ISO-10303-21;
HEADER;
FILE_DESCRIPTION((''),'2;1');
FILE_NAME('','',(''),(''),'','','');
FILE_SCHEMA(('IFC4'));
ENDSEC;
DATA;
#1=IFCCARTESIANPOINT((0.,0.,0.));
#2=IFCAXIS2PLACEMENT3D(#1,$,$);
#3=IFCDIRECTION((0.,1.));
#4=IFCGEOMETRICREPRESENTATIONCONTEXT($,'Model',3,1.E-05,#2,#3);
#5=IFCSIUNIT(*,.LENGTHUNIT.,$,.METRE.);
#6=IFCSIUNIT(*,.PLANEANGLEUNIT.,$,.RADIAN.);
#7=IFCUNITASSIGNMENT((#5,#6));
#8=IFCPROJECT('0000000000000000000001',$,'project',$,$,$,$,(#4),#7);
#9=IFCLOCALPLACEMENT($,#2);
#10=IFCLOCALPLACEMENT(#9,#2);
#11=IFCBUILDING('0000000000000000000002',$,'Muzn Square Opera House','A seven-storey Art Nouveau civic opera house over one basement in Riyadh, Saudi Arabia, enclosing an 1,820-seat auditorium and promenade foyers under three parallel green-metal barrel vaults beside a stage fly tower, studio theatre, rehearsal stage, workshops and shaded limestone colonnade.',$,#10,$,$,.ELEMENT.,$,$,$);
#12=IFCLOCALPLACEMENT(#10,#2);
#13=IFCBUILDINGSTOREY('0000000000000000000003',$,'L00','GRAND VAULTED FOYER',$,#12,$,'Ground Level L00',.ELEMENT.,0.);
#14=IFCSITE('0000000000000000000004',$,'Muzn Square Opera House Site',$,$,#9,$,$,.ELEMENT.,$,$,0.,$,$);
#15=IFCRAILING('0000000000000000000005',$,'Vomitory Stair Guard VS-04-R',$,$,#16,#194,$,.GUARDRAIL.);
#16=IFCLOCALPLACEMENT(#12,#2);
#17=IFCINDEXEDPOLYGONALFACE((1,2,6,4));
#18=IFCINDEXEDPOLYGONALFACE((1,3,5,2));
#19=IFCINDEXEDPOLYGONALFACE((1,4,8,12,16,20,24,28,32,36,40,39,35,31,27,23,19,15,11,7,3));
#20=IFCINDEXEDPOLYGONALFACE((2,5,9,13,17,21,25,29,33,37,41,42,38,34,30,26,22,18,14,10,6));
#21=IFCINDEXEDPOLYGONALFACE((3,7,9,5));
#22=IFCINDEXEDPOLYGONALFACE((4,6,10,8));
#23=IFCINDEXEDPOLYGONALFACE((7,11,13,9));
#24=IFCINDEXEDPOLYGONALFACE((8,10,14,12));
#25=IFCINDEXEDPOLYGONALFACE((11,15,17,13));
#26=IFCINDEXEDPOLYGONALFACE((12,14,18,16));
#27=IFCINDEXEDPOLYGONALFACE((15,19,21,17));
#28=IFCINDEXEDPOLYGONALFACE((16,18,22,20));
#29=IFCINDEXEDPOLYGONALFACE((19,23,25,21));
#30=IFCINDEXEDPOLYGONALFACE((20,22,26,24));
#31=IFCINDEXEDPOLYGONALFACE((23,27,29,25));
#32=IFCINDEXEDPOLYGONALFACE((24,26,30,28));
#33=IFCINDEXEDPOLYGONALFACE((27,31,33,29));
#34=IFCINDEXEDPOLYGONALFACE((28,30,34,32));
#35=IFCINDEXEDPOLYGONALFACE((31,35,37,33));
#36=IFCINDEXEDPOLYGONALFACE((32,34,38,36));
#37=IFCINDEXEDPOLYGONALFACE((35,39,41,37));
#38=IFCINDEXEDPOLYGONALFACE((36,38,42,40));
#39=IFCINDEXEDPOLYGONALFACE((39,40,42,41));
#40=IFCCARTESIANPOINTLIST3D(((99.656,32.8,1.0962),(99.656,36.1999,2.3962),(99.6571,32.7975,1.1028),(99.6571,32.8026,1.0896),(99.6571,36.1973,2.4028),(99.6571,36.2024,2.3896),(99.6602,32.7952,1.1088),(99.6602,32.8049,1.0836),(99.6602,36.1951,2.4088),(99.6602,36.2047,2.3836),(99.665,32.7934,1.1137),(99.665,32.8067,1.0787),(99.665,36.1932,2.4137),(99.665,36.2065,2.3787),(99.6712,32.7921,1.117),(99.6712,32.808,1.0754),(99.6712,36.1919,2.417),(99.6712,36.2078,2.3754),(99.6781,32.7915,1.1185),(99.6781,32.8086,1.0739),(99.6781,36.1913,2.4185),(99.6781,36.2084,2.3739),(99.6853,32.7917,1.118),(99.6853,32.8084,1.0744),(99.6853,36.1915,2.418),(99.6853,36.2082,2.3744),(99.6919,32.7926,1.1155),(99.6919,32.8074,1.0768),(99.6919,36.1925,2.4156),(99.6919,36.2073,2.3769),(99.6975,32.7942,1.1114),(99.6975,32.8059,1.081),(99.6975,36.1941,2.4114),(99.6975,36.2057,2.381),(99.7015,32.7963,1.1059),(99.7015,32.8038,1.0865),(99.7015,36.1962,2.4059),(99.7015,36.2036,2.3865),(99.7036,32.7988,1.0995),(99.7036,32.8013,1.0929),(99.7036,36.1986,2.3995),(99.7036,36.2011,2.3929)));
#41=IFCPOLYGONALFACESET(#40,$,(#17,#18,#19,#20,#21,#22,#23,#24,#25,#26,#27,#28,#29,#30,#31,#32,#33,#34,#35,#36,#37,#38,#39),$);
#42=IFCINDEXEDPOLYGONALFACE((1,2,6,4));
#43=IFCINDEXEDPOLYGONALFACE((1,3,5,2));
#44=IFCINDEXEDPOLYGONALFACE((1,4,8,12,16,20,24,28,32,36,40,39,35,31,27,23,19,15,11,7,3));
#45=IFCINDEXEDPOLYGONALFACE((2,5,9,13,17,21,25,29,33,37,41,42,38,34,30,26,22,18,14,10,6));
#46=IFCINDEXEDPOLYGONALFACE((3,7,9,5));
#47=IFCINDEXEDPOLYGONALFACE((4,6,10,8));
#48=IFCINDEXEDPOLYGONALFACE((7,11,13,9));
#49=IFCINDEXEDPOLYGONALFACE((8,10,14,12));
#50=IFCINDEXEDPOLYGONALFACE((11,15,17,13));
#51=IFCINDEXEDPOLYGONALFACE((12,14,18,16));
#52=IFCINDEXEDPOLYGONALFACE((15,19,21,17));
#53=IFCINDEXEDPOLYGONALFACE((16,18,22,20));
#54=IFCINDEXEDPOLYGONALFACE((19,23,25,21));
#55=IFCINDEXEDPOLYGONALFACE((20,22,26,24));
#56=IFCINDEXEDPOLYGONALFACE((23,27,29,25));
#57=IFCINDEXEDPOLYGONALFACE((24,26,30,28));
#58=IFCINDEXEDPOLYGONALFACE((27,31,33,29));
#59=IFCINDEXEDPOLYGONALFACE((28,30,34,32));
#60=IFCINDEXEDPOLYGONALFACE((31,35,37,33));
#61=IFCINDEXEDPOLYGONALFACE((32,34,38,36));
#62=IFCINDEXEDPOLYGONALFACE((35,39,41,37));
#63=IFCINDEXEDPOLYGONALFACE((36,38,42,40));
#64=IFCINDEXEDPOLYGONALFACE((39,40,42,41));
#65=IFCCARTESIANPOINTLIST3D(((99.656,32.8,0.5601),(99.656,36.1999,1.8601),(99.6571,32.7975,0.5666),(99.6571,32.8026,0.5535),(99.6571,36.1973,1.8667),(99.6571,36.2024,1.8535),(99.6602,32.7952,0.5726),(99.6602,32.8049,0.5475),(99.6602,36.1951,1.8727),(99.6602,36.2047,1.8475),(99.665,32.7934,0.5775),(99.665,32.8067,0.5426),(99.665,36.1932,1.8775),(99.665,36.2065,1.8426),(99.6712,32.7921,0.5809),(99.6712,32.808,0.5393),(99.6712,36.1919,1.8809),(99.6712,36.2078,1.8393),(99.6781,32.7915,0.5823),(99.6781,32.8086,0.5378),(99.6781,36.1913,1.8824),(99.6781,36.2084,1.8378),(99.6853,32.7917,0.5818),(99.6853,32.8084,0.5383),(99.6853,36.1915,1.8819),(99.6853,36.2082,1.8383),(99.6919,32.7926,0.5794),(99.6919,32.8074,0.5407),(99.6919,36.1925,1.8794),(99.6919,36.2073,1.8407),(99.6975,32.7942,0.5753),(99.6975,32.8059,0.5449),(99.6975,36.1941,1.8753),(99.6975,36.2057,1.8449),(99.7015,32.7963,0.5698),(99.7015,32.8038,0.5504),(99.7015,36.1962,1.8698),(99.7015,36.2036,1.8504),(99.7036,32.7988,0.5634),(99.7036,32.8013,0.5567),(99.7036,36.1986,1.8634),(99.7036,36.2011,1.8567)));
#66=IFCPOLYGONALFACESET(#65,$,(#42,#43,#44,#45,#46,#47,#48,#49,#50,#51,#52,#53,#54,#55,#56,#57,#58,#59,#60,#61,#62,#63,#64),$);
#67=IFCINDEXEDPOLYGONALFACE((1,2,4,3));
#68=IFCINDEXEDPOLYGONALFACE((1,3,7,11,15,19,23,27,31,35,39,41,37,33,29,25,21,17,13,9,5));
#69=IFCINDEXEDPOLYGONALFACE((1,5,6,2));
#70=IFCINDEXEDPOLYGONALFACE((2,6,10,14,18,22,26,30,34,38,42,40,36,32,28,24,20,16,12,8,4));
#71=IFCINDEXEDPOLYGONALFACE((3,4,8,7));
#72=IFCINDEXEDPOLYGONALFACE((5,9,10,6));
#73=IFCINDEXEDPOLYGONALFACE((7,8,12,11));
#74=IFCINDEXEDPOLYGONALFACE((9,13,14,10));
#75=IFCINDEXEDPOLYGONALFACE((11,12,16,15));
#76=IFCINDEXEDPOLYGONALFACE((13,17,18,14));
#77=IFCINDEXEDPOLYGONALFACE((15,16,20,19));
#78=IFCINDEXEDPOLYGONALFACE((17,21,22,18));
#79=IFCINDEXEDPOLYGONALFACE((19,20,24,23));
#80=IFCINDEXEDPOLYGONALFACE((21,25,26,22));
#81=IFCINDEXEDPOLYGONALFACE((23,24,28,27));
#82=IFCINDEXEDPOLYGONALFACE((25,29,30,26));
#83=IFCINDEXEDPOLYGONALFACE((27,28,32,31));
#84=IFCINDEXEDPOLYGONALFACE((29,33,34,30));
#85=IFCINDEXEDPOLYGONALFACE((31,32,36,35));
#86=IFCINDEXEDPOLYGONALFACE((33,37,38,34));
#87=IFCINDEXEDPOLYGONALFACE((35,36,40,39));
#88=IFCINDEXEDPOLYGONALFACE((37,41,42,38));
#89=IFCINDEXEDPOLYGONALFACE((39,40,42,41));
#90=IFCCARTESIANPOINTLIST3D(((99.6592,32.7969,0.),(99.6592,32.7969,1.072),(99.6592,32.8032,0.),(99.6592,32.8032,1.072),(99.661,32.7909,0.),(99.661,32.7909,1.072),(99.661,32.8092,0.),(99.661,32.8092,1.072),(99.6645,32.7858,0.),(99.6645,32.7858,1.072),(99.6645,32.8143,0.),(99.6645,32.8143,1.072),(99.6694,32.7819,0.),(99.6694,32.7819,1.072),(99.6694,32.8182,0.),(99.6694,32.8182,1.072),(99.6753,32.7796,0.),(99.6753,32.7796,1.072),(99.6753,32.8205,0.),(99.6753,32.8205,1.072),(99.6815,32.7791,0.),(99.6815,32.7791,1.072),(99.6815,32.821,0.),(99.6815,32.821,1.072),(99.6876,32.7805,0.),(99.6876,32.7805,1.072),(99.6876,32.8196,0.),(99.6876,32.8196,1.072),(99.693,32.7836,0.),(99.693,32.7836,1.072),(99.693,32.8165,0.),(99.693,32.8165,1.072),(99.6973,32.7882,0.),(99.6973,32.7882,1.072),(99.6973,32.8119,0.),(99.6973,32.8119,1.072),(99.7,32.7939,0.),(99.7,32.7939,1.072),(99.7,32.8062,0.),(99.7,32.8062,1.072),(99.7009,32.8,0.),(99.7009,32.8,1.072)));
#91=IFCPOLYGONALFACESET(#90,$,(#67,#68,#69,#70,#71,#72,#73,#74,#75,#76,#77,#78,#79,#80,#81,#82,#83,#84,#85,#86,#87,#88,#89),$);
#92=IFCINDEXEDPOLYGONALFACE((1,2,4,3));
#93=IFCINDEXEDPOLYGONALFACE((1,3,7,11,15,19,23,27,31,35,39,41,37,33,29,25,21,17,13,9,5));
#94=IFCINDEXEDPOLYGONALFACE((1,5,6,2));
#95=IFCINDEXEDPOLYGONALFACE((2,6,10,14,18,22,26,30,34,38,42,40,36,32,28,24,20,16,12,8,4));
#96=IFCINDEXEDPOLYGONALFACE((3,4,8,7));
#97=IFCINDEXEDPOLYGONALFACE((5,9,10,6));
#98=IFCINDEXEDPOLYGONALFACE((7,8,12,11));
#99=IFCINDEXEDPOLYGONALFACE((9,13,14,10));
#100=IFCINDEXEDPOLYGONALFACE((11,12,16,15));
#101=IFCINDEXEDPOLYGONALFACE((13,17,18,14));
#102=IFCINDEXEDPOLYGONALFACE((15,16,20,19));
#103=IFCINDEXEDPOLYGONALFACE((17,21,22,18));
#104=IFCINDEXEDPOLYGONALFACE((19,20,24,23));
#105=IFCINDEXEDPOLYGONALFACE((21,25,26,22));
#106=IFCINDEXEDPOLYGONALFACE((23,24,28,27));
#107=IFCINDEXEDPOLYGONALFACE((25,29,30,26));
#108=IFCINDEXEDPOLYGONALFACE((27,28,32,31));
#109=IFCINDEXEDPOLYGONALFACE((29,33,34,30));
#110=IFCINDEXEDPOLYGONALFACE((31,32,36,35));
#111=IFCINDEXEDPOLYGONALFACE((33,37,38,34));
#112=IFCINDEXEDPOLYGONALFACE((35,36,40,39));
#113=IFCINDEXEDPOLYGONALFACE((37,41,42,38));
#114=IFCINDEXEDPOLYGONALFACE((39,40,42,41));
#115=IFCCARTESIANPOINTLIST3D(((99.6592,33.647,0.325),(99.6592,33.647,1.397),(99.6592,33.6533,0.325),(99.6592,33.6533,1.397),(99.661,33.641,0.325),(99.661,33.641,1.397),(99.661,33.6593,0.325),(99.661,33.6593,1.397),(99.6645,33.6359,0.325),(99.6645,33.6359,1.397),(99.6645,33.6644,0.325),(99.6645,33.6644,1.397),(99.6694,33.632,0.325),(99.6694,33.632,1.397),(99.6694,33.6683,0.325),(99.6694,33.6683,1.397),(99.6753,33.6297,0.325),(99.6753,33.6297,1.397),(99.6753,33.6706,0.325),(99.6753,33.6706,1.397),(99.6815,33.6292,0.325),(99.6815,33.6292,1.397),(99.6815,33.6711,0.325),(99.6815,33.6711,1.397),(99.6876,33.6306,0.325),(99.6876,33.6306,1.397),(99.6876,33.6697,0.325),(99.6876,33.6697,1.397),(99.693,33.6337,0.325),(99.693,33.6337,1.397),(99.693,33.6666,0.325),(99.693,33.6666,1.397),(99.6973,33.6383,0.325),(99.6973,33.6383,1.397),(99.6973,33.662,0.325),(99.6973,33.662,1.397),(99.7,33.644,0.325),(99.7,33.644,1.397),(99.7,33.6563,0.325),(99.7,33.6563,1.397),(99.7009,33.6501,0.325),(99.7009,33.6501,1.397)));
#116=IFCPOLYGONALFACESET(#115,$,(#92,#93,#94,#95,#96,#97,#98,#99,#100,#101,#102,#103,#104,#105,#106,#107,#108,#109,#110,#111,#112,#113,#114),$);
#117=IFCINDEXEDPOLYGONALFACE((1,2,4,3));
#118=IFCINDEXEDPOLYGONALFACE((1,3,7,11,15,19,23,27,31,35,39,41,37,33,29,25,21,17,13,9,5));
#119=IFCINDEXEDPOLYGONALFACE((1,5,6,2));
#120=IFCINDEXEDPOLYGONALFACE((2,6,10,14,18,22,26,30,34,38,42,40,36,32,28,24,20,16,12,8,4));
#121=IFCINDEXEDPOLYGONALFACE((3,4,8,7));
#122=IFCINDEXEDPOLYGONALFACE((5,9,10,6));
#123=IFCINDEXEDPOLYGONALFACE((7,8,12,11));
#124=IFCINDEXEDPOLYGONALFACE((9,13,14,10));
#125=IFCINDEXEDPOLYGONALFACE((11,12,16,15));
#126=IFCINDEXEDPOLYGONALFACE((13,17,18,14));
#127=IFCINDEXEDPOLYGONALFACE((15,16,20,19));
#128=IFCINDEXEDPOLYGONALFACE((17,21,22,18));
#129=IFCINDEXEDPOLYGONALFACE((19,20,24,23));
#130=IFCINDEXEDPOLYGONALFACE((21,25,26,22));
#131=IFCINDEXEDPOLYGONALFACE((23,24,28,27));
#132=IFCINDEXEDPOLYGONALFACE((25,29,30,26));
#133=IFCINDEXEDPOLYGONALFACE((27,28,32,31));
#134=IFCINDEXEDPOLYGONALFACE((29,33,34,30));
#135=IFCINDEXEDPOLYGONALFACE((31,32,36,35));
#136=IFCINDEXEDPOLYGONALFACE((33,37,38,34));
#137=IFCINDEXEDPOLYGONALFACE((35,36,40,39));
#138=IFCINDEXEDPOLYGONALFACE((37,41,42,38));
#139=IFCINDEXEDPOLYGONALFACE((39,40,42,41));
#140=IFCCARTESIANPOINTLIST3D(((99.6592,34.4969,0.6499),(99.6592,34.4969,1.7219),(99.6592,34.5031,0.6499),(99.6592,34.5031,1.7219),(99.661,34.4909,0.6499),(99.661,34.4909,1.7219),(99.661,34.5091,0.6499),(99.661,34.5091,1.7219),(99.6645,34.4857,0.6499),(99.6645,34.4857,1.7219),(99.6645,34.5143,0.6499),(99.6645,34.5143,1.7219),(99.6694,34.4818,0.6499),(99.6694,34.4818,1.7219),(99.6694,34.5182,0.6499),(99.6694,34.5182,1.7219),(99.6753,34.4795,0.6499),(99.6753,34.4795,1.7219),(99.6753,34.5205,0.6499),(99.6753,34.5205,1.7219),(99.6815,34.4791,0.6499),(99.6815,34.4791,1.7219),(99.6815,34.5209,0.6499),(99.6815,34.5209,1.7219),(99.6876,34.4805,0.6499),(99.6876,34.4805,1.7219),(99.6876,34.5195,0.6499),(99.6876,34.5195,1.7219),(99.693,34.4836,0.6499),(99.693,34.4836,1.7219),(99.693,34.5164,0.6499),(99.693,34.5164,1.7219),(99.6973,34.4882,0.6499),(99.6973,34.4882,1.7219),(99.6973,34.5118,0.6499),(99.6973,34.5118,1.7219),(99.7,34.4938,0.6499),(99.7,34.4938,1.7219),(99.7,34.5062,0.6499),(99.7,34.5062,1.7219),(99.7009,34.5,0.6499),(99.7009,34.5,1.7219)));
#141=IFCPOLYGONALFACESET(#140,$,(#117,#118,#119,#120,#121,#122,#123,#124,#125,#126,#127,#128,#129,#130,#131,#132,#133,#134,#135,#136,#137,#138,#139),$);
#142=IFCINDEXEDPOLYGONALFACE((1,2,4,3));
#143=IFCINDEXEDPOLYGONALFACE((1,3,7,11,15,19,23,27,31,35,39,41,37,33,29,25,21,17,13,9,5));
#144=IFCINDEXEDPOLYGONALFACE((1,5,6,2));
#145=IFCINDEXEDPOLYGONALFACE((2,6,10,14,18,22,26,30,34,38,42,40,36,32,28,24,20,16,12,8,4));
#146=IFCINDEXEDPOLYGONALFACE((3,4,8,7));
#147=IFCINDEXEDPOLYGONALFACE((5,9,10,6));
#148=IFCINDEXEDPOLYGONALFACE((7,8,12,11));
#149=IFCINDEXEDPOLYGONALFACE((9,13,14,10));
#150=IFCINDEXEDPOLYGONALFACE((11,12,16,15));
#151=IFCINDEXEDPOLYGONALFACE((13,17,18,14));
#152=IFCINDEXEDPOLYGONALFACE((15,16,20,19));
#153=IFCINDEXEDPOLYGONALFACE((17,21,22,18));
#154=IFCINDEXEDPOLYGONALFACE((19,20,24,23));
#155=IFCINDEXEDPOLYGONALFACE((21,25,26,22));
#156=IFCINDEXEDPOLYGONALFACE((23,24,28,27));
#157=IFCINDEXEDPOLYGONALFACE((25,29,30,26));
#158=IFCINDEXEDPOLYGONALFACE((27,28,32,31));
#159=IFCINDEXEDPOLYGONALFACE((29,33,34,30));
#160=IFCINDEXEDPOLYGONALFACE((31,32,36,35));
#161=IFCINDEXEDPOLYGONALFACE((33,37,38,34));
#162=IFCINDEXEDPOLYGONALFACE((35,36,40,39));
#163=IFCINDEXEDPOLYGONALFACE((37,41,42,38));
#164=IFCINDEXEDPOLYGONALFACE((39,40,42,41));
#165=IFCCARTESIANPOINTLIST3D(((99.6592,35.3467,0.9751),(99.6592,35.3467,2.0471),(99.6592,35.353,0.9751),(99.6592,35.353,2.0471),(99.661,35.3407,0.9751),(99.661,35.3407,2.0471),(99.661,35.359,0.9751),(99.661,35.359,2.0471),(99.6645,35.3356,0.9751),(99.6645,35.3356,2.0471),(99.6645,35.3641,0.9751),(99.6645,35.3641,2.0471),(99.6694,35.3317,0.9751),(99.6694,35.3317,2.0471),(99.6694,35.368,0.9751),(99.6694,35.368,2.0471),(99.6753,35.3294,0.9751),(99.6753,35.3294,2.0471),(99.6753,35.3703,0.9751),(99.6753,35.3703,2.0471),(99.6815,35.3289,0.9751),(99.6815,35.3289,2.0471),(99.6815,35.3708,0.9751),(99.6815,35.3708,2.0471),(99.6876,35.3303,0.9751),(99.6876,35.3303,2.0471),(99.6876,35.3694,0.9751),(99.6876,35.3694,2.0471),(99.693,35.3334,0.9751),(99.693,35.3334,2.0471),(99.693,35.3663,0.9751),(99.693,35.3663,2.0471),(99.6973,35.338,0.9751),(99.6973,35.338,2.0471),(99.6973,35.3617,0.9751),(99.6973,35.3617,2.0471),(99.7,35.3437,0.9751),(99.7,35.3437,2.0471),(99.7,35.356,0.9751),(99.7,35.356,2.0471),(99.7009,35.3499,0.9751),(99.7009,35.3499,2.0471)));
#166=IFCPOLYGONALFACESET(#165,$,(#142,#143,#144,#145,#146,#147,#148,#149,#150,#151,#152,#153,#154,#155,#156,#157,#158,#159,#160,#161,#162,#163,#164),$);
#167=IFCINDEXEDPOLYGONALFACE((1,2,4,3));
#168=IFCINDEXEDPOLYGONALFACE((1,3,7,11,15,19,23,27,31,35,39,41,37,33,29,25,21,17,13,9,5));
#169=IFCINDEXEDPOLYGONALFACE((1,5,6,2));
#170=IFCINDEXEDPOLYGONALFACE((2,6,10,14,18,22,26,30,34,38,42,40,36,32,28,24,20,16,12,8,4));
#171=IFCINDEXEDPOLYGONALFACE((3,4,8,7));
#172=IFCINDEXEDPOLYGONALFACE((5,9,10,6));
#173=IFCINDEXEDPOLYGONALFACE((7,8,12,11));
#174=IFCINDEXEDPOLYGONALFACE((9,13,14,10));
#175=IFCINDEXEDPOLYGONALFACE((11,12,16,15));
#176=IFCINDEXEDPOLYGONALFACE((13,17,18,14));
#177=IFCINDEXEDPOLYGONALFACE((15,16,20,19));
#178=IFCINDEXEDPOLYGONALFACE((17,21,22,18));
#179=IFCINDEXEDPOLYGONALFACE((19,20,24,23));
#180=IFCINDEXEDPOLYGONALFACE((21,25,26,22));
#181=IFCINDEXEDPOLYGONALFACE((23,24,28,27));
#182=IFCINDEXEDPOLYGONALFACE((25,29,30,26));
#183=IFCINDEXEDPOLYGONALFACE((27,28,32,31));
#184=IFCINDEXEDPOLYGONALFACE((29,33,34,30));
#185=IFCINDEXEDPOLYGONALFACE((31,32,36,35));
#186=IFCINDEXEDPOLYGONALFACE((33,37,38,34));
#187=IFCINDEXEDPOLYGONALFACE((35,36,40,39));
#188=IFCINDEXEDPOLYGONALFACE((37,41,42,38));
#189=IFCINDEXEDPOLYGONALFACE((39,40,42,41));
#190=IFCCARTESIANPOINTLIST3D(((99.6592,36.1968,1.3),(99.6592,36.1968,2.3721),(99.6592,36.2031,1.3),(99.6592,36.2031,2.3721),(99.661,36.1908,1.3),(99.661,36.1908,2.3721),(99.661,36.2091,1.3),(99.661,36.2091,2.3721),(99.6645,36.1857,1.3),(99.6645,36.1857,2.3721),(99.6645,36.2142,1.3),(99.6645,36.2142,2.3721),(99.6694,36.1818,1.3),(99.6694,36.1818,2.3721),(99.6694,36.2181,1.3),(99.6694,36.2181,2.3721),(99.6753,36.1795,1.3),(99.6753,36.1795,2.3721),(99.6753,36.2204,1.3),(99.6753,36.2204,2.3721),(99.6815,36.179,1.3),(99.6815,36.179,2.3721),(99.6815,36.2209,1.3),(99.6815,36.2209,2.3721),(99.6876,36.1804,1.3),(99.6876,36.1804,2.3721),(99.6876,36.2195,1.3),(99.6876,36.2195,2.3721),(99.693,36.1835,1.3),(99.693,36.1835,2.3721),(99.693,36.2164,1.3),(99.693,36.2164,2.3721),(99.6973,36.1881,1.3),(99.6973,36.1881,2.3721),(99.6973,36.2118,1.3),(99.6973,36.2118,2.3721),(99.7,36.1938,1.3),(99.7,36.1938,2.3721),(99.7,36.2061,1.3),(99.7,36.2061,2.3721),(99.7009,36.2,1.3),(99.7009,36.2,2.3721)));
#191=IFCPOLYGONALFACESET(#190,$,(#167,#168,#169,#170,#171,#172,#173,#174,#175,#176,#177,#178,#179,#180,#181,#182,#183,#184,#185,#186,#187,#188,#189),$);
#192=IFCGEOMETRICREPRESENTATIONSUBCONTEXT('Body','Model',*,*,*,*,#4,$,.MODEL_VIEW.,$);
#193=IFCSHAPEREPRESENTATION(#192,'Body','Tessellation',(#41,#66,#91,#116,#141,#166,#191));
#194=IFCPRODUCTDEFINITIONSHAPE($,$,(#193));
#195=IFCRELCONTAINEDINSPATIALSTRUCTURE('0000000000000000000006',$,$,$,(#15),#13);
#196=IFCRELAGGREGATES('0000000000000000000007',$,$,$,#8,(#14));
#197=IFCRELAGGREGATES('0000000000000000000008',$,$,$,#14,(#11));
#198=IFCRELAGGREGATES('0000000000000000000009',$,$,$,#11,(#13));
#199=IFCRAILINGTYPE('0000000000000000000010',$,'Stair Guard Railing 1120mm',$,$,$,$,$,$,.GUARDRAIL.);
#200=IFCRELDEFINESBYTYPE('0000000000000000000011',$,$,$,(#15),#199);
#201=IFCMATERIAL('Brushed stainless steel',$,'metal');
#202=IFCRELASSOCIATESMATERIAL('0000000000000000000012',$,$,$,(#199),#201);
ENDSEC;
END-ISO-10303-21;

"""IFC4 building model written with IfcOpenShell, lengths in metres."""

from ifc_helpers import new_model, si_unit, direction, frame, origin, origin_2d, place, context, subcontext, project, spatial, circle, extrude, material, type_object, element, save


model = new_model("IFC4")

# Units and contexts
model_context = context("Model", 3, precision=1e-05, world=origin(), true_north=direction((0.0, 1.0)))
body_context = subcontext(model_context, "Body", "Model", "MODEL_VIEW")
ifc_project = project(units=[si_unit("LENGTHUNIT", "METRE"), si_unit("PLANEANGLEUNIT", "RADIAN")], contexts=[model_context])

# Site, building, storey
site_placement = place(None, origin())
site = spatial("IfcSite", under=ifc_project, at=site_placement, Name="Muzn Square Opera House Site", CompositionType="ELEMENT", RefElevation=0.0)
building_placement = place(site_placement, origin())
building = spatial("IfcBuilding", under=site, at=building_placement, Name="Muzn Square Opera House", Description="A seven-storey Art Nouveau civic opera house over one basement in Riyadh, Saudi Arabia, enclosing an 1,820-seat auditorium and promenade foyers under three parallel green-metal barrel vaults beside a stage fly tower, studio theatre, rehearsal stage, workshops and shaded limestone colonnade.", CompositionType="ELEMENT")
storey_placement = place(building_placement, origin())
storey = spatial("IfcBuildingStorey", under=building, at=storey_placement, Name="L00", Description="GRAND VAULTED FOYER", LongName="Ground Level L00", CompositionType="ELEMENT", Elevation=0.0)

# Railing
ifc_material_1 = material(Name="Brushed stainless steel", Category="metal")
railing_type_1 = type_object("IfcRailingType", Name="Stair Guard Railing 1120mm", PredefinedType="GUARDRAIL", material=ifc_material_1)
for number, where, name in (
    (1, (99.6799, 32.8, 0.0), "Vomitory Stair Guard VS-04-R"),
):
    element("IfcRailing", number, at=place(storey_placement, frame(where)), inside=storey, type_object=railing_type_1, Name=name, PredefinedType="GUARDRAIL", context=body_context, shape_type="SweptSolid", body=[
        extrude(circle(Radius=0.0239, at=origin_2d()), frame((0.0, 0.0, 1.0962), z_axis=(0.0, 0.934044, 0.357158), x_axis=(-1.0, 0.0, 0.0)), (0.0, 0.0, 1.0), 3.6399),
        extrude(circle(Radius=0.0239, at=origin_2d()), frame((0.0, 0.0, 0.5601), z_axis=(0.0, 0.934044, 0.357158), x_axis=(-1.0, 0.0, 0.0)), (0.0, 0.0, 1.0), 3.6399),
        extrude(circle(Radius=0.021, at=origin_2d()), origin(), (0.0, 0.0, 1.0), 1.072),
        extrude(circle(Radius=0.021, at=origin_2d()), frame((0.0, 0.8501, 0.325)), (0.0, 0.0, 1.0), 1.072),
        extrude(circle(Radius=0.021, at=origin_2d()), frame((0.0, 1.7, 0.6499)), (0.0, 0.0, 1.0), 1.072),
        extrude(circle(Radius=0.021, at=origin_2d()), frame((0.0, 2.5498, 0.9751)), (0.0, 0.0, 1.0), 1.072),
        extrude(circle(Radius=0.021, at=origin_2d()), frame((0.0, 3.3999, 1.3)), (0.0, 0.0, 1.0), 1.072),
    ])

save(model, "model.ifc")
